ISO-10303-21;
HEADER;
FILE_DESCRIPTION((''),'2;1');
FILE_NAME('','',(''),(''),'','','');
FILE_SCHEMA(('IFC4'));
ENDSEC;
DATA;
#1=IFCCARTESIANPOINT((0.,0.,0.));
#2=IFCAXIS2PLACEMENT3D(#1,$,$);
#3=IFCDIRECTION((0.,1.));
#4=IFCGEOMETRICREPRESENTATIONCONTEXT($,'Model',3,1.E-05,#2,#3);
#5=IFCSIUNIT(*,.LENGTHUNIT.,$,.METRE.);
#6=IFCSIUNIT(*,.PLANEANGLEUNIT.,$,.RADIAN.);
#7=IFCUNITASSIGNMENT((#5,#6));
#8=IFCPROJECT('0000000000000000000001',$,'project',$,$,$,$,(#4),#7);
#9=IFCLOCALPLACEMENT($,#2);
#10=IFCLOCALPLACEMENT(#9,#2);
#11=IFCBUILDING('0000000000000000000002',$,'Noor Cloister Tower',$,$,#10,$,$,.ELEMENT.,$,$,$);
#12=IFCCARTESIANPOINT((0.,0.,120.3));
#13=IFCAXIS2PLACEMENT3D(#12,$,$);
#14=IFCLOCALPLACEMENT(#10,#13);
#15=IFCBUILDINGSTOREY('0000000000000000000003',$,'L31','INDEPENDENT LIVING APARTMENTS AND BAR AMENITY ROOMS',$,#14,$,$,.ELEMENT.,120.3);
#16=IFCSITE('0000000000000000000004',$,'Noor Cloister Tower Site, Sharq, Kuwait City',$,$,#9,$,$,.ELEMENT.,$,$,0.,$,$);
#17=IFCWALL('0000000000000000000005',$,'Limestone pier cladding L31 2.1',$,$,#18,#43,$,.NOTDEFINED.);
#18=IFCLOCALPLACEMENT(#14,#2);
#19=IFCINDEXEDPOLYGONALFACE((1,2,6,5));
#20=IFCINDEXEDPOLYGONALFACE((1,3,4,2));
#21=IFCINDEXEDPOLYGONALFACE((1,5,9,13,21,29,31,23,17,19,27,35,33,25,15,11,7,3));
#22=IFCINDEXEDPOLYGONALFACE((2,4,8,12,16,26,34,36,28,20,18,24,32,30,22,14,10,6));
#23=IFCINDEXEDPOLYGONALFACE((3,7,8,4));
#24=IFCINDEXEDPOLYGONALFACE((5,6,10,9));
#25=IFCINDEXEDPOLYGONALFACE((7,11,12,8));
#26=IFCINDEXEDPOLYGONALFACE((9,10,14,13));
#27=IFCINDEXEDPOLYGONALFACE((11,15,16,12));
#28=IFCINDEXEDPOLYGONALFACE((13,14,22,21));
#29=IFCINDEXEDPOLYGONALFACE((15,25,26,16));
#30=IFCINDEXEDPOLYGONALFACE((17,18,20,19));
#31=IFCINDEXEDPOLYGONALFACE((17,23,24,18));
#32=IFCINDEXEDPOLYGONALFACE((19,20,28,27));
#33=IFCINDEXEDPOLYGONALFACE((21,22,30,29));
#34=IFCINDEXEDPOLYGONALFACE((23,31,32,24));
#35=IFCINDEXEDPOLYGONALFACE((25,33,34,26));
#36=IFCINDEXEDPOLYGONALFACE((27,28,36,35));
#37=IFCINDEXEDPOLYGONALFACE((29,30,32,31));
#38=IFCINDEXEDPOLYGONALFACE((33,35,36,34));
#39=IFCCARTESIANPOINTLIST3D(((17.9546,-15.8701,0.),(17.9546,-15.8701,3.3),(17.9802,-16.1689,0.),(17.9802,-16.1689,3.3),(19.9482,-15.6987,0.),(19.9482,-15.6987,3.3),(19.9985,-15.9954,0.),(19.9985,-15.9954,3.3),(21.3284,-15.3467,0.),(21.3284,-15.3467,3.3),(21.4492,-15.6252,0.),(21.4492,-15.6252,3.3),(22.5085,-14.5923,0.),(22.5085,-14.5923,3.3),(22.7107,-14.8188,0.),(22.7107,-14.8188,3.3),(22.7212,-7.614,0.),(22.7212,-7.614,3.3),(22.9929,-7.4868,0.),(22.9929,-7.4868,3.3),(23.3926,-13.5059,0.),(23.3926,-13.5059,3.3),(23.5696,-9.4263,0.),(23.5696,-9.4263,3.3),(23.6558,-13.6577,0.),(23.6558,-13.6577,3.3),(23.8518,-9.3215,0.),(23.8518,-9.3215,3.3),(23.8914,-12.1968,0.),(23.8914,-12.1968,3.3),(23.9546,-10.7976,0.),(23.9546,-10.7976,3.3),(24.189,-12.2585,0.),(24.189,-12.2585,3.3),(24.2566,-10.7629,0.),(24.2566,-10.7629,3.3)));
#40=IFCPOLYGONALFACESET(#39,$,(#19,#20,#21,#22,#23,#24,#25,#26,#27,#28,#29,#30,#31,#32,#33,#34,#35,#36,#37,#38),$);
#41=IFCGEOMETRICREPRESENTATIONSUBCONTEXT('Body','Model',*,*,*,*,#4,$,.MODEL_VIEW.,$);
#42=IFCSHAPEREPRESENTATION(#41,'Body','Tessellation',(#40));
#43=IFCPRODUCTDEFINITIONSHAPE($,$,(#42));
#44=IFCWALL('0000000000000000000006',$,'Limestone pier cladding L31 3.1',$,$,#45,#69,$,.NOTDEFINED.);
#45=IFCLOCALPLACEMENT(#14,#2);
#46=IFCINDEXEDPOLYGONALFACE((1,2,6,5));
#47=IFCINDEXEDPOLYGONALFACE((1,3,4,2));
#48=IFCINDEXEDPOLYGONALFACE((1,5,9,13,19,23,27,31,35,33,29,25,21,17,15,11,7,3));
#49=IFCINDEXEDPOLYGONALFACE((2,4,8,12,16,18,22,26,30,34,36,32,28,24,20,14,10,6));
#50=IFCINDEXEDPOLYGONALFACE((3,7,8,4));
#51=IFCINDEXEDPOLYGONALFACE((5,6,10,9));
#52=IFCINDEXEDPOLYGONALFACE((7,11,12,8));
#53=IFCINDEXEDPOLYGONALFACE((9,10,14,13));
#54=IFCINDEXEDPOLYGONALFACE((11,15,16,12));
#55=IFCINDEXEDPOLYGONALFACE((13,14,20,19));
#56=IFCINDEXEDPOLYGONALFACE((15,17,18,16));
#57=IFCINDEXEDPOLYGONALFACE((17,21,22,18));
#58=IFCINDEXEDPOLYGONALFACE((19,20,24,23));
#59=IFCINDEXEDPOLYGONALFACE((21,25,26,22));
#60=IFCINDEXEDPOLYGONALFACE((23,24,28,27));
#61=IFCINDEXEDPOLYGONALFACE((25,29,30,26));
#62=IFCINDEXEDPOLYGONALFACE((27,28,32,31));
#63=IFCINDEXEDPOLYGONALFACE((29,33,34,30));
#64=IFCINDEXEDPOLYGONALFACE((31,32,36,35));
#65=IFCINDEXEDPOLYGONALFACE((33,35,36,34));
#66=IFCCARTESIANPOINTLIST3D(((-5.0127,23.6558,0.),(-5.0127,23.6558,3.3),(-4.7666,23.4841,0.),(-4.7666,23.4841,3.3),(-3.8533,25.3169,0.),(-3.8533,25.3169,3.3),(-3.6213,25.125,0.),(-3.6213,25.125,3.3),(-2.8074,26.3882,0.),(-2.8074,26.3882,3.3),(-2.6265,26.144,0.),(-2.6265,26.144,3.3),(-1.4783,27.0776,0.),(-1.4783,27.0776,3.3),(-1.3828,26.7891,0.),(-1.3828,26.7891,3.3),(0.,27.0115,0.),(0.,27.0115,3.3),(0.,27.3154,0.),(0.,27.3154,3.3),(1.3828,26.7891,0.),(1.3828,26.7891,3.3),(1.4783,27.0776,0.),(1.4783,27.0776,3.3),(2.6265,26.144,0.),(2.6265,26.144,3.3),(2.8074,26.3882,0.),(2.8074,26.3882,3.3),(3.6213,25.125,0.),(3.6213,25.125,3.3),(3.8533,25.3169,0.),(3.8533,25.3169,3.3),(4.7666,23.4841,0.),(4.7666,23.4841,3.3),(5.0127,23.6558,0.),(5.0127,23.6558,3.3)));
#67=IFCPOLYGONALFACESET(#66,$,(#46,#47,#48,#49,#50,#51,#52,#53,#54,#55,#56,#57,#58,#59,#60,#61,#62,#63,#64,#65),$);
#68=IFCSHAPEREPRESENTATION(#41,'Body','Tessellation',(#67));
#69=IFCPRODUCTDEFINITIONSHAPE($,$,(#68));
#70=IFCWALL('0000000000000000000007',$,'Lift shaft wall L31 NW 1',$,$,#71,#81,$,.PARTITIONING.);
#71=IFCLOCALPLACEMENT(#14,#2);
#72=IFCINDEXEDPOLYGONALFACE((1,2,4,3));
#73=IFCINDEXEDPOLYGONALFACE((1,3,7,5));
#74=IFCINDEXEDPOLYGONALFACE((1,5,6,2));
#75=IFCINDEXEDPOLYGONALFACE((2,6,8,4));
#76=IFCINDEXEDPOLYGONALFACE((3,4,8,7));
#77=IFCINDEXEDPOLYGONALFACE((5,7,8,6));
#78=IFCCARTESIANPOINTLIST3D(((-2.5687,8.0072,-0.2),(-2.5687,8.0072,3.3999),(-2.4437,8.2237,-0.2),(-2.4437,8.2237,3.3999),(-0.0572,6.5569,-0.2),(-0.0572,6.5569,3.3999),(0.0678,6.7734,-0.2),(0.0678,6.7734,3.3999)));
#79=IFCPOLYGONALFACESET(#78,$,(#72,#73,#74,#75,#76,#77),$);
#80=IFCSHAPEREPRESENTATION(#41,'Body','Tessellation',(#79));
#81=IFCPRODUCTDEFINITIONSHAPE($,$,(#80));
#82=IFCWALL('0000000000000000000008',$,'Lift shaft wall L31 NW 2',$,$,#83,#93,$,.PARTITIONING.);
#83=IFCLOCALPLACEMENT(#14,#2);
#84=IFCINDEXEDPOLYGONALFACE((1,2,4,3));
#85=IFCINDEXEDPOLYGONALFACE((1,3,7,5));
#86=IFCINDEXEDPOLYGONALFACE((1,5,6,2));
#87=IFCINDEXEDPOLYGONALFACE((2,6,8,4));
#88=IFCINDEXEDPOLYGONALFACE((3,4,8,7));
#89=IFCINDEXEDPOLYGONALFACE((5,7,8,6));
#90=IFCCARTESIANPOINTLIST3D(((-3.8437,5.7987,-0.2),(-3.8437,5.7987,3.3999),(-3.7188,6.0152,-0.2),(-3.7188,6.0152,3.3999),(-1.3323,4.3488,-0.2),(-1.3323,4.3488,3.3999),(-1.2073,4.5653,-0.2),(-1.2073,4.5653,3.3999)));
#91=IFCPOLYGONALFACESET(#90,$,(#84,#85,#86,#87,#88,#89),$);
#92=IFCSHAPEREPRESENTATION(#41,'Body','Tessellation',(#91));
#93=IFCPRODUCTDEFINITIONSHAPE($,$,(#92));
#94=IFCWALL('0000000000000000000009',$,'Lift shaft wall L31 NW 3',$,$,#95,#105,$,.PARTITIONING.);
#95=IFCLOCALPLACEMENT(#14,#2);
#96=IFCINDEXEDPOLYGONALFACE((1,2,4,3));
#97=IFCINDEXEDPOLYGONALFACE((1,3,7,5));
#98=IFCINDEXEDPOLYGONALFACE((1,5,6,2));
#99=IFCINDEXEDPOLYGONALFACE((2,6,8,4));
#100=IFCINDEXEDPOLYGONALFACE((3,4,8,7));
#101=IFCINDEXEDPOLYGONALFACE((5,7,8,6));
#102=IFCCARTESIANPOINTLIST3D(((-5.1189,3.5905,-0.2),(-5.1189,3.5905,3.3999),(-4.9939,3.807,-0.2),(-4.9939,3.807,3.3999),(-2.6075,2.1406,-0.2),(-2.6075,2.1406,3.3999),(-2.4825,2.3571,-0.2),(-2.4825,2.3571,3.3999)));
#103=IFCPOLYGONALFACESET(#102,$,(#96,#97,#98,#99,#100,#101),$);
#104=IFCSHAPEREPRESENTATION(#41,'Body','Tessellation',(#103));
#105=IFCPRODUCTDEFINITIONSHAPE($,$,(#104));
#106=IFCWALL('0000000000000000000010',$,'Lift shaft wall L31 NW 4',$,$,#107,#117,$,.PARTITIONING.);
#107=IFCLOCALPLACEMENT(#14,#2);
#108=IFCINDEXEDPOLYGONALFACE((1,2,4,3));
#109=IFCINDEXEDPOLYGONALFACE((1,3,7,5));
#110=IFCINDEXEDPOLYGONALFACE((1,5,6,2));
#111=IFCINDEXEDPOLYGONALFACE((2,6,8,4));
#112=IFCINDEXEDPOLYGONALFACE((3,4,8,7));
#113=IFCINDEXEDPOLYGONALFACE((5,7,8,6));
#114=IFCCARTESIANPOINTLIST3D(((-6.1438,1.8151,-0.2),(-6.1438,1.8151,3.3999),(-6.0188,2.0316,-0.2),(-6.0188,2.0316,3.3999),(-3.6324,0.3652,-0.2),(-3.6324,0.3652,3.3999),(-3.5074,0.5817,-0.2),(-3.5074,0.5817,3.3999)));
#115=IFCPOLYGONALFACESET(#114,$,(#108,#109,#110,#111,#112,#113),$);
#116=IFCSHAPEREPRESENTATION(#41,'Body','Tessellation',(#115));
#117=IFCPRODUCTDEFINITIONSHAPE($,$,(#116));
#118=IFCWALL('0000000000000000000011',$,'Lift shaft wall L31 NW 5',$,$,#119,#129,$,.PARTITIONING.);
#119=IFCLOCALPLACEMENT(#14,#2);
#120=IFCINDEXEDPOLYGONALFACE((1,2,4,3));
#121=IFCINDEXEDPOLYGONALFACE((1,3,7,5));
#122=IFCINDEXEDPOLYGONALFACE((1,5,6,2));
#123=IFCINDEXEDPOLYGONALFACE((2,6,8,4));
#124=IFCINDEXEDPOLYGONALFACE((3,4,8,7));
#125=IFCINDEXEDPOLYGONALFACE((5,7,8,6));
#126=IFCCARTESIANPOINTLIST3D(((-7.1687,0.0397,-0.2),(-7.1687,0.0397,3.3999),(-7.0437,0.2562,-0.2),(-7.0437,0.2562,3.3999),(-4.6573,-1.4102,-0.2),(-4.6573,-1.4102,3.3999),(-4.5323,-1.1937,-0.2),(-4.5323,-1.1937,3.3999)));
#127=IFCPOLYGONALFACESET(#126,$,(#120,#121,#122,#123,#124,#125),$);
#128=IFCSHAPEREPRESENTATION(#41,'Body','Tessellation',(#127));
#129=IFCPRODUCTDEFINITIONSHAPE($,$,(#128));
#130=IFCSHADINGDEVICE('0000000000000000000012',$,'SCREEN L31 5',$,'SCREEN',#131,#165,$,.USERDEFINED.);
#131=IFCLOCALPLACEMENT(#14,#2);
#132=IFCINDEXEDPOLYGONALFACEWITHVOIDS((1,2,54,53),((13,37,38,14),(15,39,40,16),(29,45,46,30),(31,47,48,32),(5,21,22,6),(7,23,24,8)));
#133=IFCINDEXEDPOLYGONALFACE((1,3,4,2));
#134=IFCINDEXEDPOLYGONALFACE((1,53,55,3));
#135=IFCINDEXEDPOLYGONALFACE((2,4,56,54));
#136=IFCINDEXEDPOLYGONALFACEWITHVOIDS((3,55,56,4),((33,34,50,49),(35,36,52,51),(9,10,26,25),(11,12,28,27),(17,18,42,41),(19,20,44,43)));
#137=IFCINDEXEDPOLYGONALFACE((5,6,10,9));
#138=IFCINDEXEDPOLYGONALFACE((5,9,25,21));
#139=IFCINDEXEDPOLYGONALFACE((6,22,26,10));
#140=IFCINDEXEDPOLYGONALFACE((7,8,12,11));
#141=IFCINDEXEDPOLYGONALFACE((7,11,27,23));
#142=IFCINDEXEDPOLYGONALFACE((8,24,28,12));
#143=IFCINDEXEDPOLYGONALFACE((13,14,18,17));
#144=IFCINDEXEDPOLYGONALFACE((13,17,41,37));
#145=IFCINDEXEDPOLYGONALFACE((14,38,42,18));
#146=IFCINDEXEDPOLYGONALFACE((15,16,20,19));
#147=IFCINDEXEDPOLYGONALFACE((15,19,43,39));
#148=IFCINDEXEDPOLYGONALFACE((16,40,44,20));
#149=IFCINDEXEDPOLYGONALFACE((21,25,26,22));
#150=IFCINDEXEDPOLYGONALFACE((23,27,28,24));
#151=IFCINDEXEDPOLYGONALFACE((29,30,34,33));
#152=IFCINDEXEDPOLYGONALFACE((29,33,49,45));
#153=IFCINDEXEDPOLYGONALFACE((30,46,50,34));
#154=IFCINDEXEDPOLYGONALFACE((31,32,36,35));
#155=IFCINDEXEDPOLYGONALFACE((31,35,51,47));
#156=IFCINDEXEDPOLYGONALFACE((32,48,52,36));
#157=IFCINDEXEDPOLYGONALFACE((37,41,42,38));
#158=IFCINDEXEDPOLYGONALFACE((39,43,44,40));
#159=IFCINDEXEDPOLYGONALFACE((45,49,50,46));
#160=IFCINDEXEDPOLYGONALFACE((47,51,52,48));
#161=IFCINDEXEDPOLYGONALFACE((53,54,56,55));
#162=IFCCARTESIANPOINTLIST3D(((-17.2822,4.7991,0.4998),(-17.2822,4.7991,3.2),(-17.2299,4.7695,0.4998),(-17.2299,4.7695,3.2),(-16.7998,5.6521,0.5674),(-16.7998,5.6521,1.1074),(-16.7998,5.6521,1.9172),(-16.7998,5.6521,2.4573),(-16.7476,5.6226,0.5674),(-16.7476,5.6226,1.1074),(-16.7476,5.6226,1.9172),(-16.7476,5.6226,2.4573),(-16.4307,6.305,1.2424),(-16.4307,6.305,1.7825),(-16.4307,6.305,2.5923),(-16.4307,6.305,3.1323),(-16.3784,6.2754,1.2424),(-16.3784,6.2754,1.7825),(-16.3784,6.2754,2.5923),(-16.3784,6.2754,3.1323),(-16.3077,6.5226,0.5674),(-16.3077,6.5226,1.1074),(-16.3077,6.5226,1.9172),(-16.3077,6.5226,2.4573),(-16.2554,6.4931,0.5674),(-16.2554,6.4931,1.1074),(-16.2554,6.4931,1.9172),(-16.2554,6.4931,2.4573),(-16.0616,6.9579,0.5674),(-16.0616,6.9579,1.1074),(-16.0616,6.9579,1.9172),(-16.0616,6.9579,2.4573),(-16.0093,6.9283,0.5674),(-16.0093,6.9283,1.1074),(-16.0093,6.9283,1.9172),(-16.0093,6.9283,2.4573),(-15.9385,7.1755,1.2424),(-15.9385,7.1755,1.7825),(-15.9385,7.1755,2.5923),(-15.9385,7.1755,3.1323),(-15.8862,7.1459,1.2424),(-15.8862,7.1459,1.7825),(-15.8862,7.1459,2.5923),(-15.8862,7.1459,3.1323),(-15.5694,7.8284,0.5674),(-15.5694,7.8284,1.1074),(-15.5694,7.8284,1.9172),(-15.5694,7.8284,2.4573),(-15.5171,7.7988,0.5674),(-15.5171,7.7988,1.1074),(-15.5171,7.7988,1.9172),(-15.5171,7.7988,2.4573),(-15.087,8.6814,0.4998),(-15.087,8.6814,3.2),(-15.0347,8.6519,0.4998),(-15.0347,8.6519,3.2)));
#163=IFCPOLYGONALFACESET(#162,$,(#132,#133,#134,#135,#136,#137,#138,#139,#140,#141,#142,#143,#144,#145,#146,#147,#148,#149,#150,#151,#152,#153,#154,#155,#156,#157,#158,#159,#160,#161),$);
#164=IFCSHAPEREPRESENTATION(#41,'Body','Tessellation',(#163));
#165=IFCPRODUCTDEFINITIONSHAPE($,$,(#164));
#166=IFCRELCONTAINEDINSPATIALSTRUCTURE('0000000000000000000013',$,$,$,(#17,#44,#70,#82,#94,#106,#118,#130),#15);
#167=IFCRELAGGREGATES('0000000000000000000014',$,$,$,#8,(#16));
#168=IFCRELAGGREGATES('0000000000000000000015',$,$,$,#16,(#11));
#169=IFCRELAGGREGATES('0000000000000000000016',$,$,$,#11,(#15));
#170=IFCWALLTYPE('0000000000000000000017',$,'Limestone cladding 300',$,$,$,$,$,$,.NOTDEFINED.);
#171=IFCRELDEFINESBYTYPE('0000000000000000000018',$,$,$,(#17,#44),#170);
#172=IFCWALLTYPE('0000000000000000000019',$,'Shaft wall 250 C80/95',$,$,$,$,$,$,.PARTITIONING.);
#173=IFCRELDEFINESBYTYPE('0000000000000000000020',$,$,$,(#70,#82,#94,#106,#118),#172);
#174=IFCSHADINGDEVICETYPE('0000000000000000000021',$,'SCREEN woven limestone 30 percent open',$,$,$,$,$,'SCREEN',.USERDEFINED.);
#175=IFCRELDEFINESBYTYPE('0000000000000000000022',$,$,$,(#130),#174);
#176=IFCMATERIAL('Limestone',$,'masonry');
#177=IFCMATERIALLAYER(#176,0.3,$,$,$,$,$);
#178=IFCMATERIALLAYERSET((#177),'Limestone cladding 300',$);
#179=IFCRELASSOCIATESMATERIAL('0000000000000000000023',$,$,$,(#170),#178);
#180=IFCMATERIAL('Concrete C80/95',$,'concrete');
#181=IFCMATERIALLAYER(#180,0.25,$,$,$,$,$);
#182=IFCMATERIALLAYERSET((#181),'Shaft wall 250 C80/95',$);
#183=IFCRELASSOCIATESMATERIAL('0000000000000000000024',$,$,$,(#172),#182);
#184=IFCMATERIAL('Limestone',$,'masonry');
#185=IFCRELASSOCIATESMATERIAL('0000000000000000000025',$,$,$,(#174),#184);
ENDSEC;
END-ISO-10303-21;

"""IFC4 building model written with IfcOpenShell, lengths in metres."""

from ifc_helpers import new_model, si_unit, direction, frame, frame_2d, origin, place, context, subcontext, project, spatial, polyline, rectangle, outline, extrude, material, layer, layer_set, material_profile, profile_set, type_object, element, save


model = new_model("IFC4")

# Units and contexts
model_context = context("Model", 3, precision=1e-05, world=origin(), true_north=direction((0.0, 1.0)))
body_context = subcontext(model_context, "Body", "Model", "MODEL_VIEW")
ifc_project = project(units=[si_unit("LENGTHUNIT", "METRE"), si_unit("PLANEANGLEUNIT", "RADIAN")], contexts=[model_context])

# Site, building, storey
site_placement = place(None, origin())
site = spatial("IfcSite", under=ifc_project, at=site_placement, Name="Noor Cloister Tower Site, Sharq, Kuwait City", CompositionType="ELEMENT", RefElevation=0.0)
building_placement = place(site_placement, origin())
building = spatial("IfcBuilding", under=site, at=building_placement, Name="Noor Cloister Tower", CompositionType="ELEMENT")
storey_placement = place(building_placement, frame((0.0, 0.0, 120.3)))
storey = spatial("IfcBuildingStorey", under=building, at=storey_placement, Name="L31", Description="INDEPENDENT LIVING APARTMENTS AND BAR AMENITY ROOMS", CompositionType="ELEMENT", Elevation=120.3)

# Walls
ifc_material_1 = material(Name="Limestone", Category="masonry")
ifc_layer_1 = layer(ifc_material_1, 0.3)
ifc_layer_set_1 = layer_set([ifc_layer_1], Name="Limestone cladding 300")
wall_type_1 = type_object("IfcWallType", Name="Limestone cladding 300", PredefinedType="NOTDEFINED", material=ifc_layer_set_1)
wall_1_placement = place(storey_placement, origin())
element("IfcWall", 1, at=wall_1_placement, inside=storey, type_object=wall_type_1, Name="Limestone pier cladding L31 2.1", PredefinedType="NOTDEFINED", context=body_context, shape_type="SweptSolid", body=[
    extrude(outline(polyline([(17.9802, -16.1689), (19.9985, -15.9954), (21.4492, -15.6252), (22.7107, -14.8188), (23.6558, -13.6577), (24.189, -12.2585), (24.2566, -10.7629), (23.8518, -9.3215), (22.9929, -7.4868), (22.7212, -7.614), (23.5696, -9.4263), (23.9546, -10.7976), (23.8914, -12.1968), (23.3926, -13.5059), (22.5085, -14.5923), (21.3284, -15.3467), (19.9482, -15.6987), (17.9546, -15.8701), (17.9802, -16.1689)])), origin(), (0.0, 0.0, 1.0), 3.3),
])
wall_2_placement = place(storey_placement, origin())
element("IfcWall", 2, at=wall_2_placement, inside=storey, type_object=wall_type_1, Name="Limestone pier cladding L31 3.1", PredefinedType="NOTDEFINED", context=body_context, shape_type="SweptSolid", body=[
    extrude(outline(polyline([(5.0127, 23.6558), (3.8533, 25.3169), (2.8074, 26.3882), (1.4783, 27.0776), (0.0, 27.3154), (-1.4783, 27.0776), (-2.8074, 26.3882), (-3.8533, 25.3169), (-5.0127, 23.6558), (-4.7666, 23.4841), (-3.6213, 25.125), (-2.6265, 26.144), (-1.3828, 26.7891), (0.0, 27.0115), (1.3828, 26.7891), (2.6265, 26.144), (3.6213, 25.125), (4.7666, 23.4841), (5.0127, 23.6558)])), origin(), (0.0, 0.0, 1.0), 3.3),
])
ifc_material_2 = material(Name="Concrete C80/95", Category="concrete")
ifc_layer_2 = layer(ifc_material_2, 0.25)
ifc_layer_set_2 = layer_set([ifc_layer_2], Name="Shaft wall 250 C80/95")
wall_type_2 = type_object("IfcWallType", Name="Shaft wall 250 C80/95", PredefinedType="PARTITIONING", material=ifc_layer_set_2)
wall_3_placement = place(storey_placement, frame((-2.5063, 8.1155, -0.2), z_axis=(0.0, 0.0, 1.0), x_axis=(0.865996, -0.50005, 0.0)))
element("IfcWall", 3, at=wall_3_placement, inside=storey, type_object=wall_type_2, Name="Lift shaft wall L31 NW 1", PredefinedType="PARTITIONING", context=body_context, shape_type="SweptSolid", body=[
    extrude(rectangle(XDim=2.9001, YDim=0.25, at=frame_2d((1.4502, 0.0))), origin(), (0.0, 0.0, 1.0), 3.5999),
])
for number, where, z_axis, x_axis, name in (
    (4, (-3.7812, 5.907, -0.2), (0.0, 0.0, 1.0), (0.866033, -0.499987, 0.0), "Lift shaft wall L31 NW 2"),
    (5, (-5.0564, 3.6987, -0.2), (0.0, 0.0, 1.0), (0.866033, -0.499987, 0.0), "Lift shaft wall L31 NW 3"),
    (6, (-6.0813, 1.9233, -0.2), (0.0, 0.0, 1.0), (0.866033, -0.499987, 0.0), "Lift shaft wall L31 NW 4"),
    (7, (-7.1062, 0.1479, -0.2), (0.0, 0.0, 1.0), (0.866033, -0.499987, 0.0), "Lift shaft wall L31 NW 5"),
):
    element("IfcWall", number, at=place(storey_placement, frame(where, z_axis=z_axis, x_axis=x_axis)), inside=storey, type_object=wall_type_2, Name=name, PredefinedType="PARTITIONING", context=body_context, shape_type="SweptSolid", body=[
        extrude(rectangle(XDim=2.8999, YDim=0.25, at=frame_2d((1.45, 0.0))), origin(), (0.0, 0.0, 1.0), 3.5999),
    ])

# Shading device
ifc_material_3 = material(Name="Limestone", Category="masonry")
ifc_material_profile_1 = material_profile(ifc_material_3, outline(polyline([(-2.23, -1.3501), (2.23, -1.3501), (2.23, 1.3501), (-2.23, 1.3501), (-2.23, -1.3501)]), holes=[polyline([(-1.25, -1.2825), (-0.25, -1.2825), (-0.25, -0.7424), (-1.25, -0.7424), (-1.25, -1.2825)]), polyline([(0.25, -1.2825), (1.25, -1.2825), (1.25, -0.7424), (0.25, -0.7424), (0.25, -1.2825)]), polyline([(-0.5, -0.6074), (0.5, -0.6074), (0.5, -0.0674), (-0.5, -0.0674), (-0.5, -0.6074)]), polyline([(-1.25, 0.0674), (-0.25, 0.0674), (-0.25, 0.6074), (-1.25, 0.6074), (-1.25, 0.0674)]), polyline([(0.25, 0.0674), (1.25, 0.0674), (1.25, 0.6074), (0.25, 0.6074), (0.25, 0.0674)]), polyline([(-0.5, 0.7424), (0.5, 0.7424), (0.5, 1.2825), (-0.5, 1.2825), (-0.5, 0.7424)])]), Name="Woven screen 30 percent open")
ifc_profile_set_1 = profile_set([ifc_material_profile_1], Name="Limestone")
shading_device_type = type_object("IfcShadingDeviceType", Name="SCREEN woven limestone 30 percent open", ElementType="SCREEN", PredefinedType="USERDEFINED", material=ifc_profile_set_1)
shading_device_1_placement = place(storey_placement, frame((-16.1323, 6.7107, 1.8499), z_axis=(-0.870487, 0.492191, 0.0), x_axis=(-0.492191, -0.870487, 0.0)))
element("IfcShadingDevice", 8, at=shading_device_1_placement, inside=storey, type_object=shading_device_type, Name="SCREEN L31 5", ObjectType="SCREEN", PredefinedType="USERDEFINED", context=body_context, shape_type="SweptSolid", body=[
    extrude(outline(polyline([(-2.23, -1.3501), (2.23, -1.3501), (2.23, 1.3501), (-2.23, 1.3501), (-2.23, -1.3501)]), holes=[polyline([(-1.25, -1.2825), (-0.25, -1.2825), (-0.25, -0.7424), (-1.25, -0.7424), (-1.25, -1.2825)]), polyline([(0.25, -1.2825), (1.25, -1.2825), (1.25, -0.7424), (0.25, -0.7424), (0.25, -1.2825)]), polyline([(-0.5, -0.6074), (0.5, -0.6074), (0.5, -0.0674), (-0.5, -0.0674), (-0.5, -0.6074)]), polyline([(-1.25, 0.0674), (-0.25, 0.0674), (-0.25, 0.6074), (-1.25, 0.6074), (-1.25, 0.0674)]), polyline([(0.25, 0.0674), (1.25, 0.0674), (1.25, 0.6074), (0.25, 0.6074), (0.25, 0.0674)]), polyline([(-0.5, 0.7424), (0.5, 0.7424), (0.5, 1.2825), (-0.5, 1.2825), (-0.5, 0.7424)])]), origin(), (0.0, 0.0, 1.0), 0.0601),
])

save(model, "model.ifc")
